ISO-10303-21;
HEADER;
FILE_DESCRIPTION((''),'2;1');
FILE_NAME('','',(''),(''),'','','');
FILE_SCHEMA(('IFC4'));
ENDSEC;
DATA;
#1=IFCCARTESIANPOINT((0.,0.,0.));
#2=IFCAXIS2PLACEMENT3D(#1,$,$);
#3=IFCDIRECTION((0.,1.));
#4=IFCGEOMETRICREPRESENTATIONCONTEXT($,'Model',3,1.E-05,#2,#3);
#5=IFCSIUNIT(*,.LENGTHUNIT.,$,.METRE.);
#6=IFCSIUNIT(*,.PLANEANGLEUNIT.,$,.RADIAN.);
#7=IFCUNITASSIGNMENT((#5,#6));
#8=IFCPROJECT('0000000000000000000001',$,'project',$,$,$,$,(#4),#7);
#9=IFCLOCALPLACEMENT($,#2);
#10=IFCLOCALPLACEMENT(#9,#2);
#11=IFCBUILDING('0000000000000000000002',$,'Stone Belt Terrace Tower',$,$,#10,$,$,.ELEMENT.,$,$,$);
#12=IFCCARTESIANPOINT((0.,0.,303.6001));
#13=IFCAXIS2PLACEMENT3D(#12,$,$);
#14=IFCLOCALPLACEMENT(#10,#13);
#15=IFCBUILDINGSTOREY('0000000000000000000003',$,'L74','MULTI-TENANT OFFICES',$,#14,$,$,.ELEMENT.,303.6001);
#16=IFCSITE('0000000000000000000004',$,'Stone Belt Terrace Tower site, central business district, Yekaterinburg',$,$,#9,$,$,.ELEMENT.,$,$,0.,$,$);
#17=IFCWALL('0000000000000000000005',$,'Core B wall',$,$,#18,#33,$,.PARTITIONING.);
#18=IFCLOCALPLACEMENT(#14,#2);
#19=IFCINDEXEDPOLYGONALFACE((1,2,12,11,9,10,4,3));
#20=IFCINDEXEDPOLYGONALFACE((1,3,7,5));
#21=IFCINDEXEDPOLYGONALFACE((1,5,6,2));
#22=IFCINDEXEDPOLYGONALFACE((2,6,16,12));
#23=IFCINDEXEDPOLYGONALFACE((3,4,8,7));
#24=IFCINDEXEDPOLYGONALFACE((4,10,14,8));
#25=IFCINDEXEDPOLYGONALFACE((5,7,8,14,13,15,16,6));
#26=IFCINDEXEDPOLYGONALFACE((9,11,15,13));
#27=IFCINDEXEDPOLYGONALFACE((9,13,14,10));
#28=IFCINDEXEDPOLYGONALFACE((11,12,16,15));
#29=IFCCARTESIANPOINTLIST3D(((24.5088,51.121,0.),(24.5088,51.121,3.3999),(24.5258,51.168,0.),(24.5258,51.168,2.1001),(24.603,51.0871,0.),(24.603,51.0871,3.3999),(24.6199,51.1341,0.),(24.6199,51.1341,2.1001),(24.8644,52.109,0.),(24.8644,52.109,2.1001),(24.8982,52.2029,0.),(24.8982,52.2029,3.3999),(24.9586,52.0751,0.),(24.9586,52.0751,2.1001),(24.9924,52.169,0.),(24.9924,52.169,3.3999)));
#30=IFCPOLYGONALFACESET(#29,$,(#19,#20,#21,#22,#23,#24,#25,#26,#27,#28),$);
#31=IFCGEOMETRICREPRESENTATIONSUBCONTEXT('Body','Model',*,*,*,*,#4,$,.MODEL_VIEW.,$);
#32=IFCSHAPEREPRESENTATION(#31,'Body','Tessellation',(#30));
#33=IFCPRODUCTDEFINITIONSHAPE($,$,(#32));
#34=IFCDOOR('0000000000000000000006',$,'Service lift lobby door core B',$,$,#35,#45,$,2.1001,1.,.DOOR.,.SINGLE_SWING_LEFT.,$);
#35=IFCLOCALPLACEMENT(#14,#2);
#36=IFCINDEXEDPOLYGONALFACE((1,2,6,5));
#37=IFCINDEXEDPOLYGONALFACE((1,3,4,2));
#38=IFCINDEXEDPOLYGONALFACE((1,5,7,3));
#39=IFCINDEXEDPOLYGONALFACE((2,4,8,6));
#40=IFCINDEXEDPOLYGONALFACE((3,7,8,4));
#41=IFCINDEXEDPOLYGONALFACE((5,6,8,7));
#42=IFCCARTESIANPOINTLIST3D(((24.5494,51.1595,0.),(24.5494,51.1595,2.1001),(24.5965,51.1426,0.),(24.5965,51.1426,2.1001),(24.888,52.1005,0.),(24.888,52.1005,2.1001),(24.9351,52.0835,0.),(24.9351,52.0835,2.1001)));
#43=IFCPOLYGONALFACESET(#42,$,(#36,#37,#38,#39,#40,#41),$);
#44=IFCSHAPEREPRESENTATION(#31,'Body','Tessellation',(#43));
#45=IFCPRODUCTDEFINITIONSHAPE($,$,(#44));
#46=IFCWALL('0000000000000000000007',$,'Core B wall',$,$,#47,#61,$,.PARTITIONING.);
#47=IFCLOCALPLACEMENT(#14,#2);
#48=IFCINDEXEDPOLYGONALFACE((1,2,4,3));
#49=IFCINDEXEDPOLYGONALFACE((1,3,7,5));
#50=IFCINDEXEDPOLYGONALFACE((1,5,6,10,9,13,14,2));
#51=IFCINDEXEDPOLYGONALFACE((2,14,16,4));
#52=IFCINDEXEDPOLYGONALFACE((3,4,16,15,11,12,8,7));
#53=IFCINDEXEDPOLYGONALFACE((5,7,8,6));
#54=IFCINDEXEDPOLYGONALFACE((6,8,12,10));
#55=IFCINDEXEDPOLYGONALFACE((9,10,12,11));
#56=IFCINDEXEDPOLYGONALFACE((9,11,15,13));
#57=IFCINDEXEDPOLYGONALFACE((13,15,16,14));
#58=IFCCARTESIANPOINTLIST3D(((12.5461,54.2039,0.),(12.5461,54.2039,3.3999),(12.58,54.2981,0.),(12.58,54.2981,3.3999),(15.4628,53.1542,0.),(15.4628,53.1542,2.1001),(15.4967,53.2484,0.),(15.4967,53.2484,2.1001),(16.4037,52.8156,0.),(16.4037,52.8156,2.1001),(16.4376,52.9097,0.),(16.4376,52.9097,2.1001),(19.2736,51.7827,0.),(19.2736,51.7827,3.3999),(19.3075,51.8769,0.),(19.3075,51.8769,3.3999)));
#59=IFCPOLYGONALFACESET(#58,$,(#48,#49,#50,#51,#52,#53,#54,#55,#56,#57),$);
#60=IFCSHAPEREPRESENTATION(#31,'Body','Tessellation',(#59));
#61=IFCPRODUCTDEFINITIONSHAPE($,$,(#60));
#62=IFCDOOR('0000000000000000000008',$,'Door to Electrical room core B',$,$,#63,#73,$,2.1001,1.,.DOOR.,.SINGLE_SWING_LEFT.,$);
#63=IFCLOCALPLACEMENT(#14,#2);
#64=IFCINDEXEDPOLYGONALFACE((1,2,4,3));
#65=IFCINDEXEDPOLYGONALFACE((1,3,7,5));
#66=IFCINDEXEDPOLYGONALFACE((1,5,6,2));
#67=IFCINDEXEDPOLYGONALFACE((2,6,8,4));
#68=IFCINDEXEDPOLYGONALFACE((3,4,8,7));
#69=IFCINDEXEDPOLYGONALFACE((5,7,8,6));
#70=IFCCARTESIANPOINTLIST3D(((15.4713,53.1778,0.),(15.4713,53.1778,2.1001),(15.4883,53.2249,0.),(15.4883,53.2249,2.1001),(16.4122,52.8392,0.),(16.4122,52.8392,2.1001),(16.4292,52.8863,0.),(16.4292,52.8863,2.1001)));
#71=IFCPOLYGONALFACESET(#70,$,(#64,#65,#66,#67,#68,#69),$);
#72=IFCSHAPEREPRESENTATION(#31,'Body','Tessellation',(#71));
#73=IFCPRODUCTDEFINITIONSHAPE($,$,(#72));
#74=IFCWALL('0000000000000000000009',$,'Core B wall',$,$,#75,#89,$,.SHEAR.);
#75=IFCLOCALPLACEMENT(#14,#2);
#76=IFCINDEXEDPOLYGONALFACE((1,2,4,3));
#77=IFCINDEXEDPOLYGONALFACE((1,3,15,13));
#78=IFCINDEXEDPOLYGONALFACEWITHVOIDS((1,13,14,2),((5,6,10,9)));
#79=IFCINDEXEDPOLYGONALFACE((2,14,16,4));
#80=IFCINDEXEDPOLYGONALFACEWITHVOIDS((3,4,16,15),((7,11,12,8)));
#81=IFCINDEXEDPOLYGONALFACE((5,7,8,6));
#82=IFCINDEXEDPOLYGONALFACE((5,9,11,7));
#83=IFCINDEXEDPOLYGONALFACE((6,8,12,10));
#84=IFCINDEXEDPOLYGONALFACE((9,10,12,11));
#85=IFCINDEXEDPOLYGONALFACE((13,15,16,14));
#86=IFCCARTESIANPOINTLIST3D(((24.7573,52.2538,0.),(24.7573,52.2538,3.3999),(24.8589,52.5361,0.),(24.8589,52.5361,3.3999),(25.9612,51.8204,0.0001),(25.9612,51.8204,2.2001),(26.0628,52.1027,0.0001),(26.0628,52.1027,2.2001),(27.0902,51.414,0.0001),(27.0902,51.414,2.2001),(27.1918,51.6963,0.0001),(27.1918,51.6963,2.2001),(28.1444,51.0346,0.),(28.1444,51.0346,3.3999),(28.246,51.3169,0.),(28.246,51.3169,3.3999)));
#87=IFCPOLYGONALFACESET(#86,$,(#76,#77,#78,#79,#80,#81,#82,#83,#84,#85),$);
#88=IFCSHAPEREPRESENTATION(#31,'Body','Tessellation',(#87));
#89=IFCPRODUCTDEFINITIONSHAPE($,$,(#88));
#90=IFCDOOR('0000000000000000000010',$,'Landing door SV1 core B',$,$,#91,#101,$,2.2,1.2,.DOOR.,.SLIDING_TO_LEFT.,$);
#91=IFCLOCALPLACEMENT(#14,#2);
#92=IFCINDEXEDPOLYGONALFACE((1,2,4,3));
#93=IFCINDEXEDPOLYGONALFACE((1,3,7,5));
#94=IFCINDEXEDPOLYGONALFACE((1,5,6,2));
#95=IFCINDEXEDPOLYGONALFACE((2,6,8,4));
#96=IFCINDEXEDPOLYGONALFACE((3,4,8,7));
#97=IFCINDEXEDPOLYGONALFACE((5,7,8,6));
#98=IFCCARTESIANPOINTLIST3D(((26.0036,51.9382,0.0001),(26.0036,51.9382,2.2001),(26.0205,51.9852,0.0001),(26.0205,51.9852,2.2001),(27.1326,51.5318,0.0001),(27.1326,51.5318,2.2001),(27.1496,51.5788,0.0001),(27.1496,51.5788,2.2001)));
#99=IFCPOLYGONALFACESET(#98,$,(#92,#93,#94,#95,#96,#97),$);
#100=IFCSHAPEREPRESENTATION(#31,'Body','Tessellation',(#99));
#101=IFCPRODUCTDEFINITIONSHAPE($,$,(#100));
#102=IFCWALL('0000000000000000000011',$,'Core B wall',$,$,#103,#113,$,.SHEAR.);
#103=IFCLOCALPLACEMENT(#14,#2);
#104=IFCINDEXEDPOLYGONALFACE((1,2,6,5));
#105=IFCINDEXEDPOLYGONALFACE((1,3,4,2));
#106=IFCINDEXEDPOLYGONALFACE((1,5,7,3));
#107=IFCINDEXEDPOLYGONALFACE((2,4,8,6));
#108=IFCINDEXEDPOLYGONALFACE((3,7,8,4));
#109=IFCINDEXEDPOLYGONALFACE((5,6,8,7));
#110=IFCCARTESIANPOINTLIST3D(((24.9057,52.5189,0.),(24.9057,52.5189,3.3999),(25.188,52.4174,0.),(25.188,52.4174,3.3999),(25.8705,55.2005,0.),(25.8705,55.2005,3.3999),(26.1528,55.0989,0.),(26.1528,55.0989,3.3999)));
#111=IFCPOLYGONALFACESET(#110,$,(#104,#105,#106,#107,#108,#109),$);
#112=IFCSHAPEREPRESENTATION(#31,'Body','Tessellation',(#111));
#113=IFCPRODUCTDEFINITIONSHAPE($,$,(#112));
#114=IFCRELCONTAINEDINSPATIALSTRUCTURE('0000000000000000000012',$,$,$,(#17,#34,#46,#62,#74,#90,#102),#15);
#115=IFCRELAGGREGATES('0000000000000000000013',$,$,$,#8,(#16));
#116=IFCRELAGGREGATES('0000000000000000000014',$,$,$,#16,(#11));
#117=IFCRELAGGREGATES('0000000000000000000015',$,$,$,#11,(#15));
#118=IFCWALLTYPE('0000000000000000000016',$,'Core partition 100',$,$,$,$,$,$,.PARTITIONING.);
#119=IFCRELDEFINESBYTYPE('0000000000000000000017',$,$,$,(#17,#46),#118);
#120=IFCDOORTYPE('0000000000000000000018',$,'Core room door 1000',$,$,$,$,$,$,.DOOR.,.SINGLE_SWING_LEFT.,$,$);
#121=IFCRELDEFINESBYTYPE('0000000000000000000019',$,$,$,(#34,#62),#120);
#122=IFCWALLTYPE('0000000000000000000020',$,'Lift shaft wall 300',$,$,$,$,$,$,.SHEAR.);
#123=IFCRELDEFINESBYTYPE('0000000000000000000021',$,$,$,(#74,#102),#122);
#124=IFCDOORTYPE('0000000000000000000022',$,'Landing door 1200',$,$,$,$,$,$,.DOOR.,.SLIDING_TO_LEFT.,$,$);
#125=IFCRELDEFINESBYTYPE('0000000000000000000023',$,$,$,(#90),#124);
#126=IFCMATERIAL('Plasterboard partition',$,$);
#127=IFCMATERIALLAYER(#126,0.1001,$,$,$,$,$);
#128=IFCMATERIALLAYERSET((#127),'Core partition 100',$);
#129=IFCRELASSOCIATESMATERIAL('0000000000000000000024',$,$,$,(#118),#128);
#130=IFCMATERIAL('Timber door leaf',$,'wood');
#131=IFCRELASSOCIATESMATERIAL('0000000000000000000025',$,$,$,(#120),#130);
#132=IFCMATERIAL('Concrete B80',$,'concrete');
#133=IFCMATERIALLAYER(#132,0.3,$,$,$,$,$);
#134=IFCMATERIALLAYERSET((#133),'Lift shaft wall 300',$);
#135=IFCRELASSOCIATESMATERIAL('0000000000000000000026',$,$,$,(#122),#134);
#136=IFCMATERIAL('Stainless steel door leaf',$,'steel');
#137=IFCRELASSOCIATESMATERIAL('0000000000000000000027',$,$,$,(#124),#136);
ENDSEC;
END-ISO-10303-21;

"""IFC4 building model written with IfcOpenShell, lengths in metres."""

from ifc_helpers import new_model, si_unit, direction, frame, frame_2d, origin, place, context, subcontext, project, spatial, rectangle, extrude, material, layer, layer_set, type_object, element, fill, save


model = new_model("IFC4")

# Units and contexts
model_context = context("Model", 3, precision=1e-05, world=origin(), true_north=direction((0.0, 1.0)))
body_context = subcontext(model_context, "Body", "Model", "MODEL_VIEW")
ifc_project = project(units=[si_unit("LENGTHUNIT", "METRE"), si_unit("PLANEANGLEUNIT", "RADIAN")], contexts=[model_context])

# Site, building, storey
site_placement = place(None, origin())
site = spatial("IfcSite", under=ifc_project, at=site_placement, Name="Stone Belt Terrace Tower site, central business district, Yekaterinburg", CompositionType="ELEMENT", RefElevation=0.0)
building_placement = place(site_placement, origin())
building = spatial("IfcBuilding", under=site, at=building_placement, Name="Stone Belt Terrace Tower", CompositionType="ELEMENT")
storey_placement = place(building_placement, frame((0.0, 0.0, 303.6001)))
storey = spatial("IfcBuildingStorey", under=building, at=storey_placement, Name="L74", Description="MULTI-TENANT OFFICES", CompositionType="ELEMENT", Elevation=303.6001)

# Walls, openings, doors
ifc_material_1 = material(Name="Plasterboard partition")
ifc_layer_1 = layer(ifc_material_1, 0.1001)
ifc_layer_set_1 = layer_set([ifc_layer_1], Name="Core partition 100")
wall_type_1 = type_object("IfcWallType", Name="Core partition 100", PredefinedType="PARTITIONING", material=ifc_layer_set_1)
wall_1_placement = place(storey_placement, frame((24.5559, 51.104, 0.0), z_axis=(0.0, 0.0, 1.0), x_axis=(0.338622, 0.940923, 0.0)))
wall_1 = element("IfcWall", 1, at=wall_1_placement, inside=storey, type_object=wall_type_1, Name="Core B wall", PredefinedType="PARTITIONING", context=body_context, shape_type="SweptSolid", body=[
    extrude(rectangle(XDim=1.1499, YDim=0.1001, at=frame_2d((0.575, 0.0))), origin(), (0.0, 0.0, 1.0), 3.3999),
])
opening_1_placement = place(wall_1_placement, frame((0.05, 0.0, 0.0)))
opening_1 = element("IfcOpeningElement", 2, at=opening_1_placement, cuts=wall_1, PredefinedType="OPENING", context=body_context, shape_type="SweptSolid", body=[
    extrude(rectangle(XDim=1.0, YDim=2.1001, at=frame_2d((0.5, 1.05))), frame((0.0, 0.0601, 0.0), z_axis=(0.0, -1.0, 0.0), x_axis=(1.0, 0.0, 0.0)), (0.0, 0.0, 1.0), 0.1201),
])
ifc_material_2 = material(Name="Timber door leaf", Category="wood")
door_type_1 = type_object("IfcDoorType", Name="Core room door 1000", OperationType="SINGLE_SWING_LEFT", PredefinedType="DOOR", material=ifc_material_2)
door_1_placement = place(opening_1_placement, origin())
door_1 = element("IfcDoor", 3, at=door_1_placement, inside=storey, type_object=door_type_1, Name="Service lift lobby door core B", OperationType="SINGLE_SWING_LEFT", OverallHeight=2.1001, OverallWidth=1.0, PredefinedType="DOOR", context=body_context, shape_type="SweptSolid", body=[
    extrude(rectangle(XDim=1.0, YDim=2.1001, at=frame_2d((0.5, 1.05))), frame((0.0, 0.0249, 0.0), z_axis=(0.0, -1.0, 0.0), x_axis=(1.0, 0.0, 0.0)), (0.0, 0.0, 1.0), 0.05),
])
fill(opening_1, door_1)
wall_2_placement = place(storey_placement, frame((19.2905, 51.8298, 0.0), z_axis=(0.0, 0.0, 1.0), x_axis=(-0.940922, 0.338624, 0.0)))
wall_2 = element("IfcWall", 4, at=wall_2_placement, inside=storey, type_object=wall_type_1, Name="Core B wall", PredefinedType="PARTITIONING", context=body_context, shape_type="SweptSolid", body=[
    extrude(rectangle(XDim=7.1499, YDim=0.1001, at=frame_2d((3.575, 0.0))), origin(), (0.0, 0.0, 1.0), 3.3999),
])
opening_2_placement = place(wall_2_placement, frame((3.05, 0.0, 0.0)))
opening_2 = element("IfcOpeningElement", 5, at=opening_2_placement, cuts=wall_2, PredefinedType="OPENING", context=body_context, shape_type="SweptSolid", body=[
    extrude(rectangle(XDim=1.0, YDim=2.1001, at=frame_2d((0.5, 1.05))), frame((0.0, 0.0601, 0.0), z_axis=(0.0, -1.0, 0.0), x_axis=(1.0, 0.0, 0.0)), (0.0, 0.0, 1.0), 0.1201),
])
door_2_placement = place(opening_2_placement, origin())
door_2 = element("IfcDoor", 6, at=door_2_placement, inside=storey, type_object=door_type_1, Name="Door to Electrical room core B", OperationType="SINGLE_SWING_LEFT", OverallHeight=2.1001, OverallWidth=1.0, PredefinedType="DOOR", context=body_context, shape_type="SweptSolid", body=[
    extrude(rectangle(XDim=1.0, YDim=2.1001, at=frame_2d((0.5, 1.05))), frame((0.0, 0.0249, 0.0), z_axis=(0.0, -1.0, 0.0), x_axis=(1.0, 0.0, 0.0)), (0.0, 0.0, 1.0), 0.05),
])
fill(opening_2, door_2)
ifc_material_3 = material(Name="Concrete B80", Category="concrete")
ifc_layer_2 = layer(ifc_material_3, 0.3)
ifc_layer_set_2 = layer_set([ifc_layer_2], Name="Lift shaft wall 300")
wall_type_2 = type_object("IfcWallType", Name="Lift shaft wall 300", PredefinedType="SHEAR", material=ifc_layer_set_2)
wall_3_placement = place(storey_placement, frame((28.1951, 51.1758, 0.0), z_axis=(0.0, 0.0, 1.0), x_axis=(-0.940901, 0.338681, 0.0)))
wall_3 = element("IfcWall", 7, at=wall_3_placement, inside=storey, type_object=wall_type_2, Name="Core B wall", PredefinedType="SHEAR", context=body_context, shape_type="SweptSolid", body=[
    extrude(rectangle(XDim=3.5999, YDim=0.3, at=frame_2d((1.7998, 0.0))), origin(), (0.0, 0.0, 1.0), 3.3999),
])
opening_3_placement = place(wall_3_placement, frame((1.1201, 0.0, 0.0)))
opening_3 = element("IfcOpeningElement", 8, at=opening_3_placement, cuts=wall_3, PredefinedType="OPENING", context=body_context, shape_type="SweptSolid", body=[
    extrude(rectangle(XDim=1.2, YDim=2.2, at=frame_2d((0.6001, 1.1001))), frame((0.0, 0.1599, 0.0), z_axis=(0.0, -1.0, 0.0), x_axis=(1.0, 0.0, 0.0)), (0.0, 0.0, 1.0), 0.3201),
])
ifc_material_4 = material(Name="Stainless steel door leaf", Category="steel")
door_type_2 = type_object("IfcDoorType", Name="Landing door 1200", OperationType="SLIDING_TO_LEFT", PredefinedType="DOOR", material=ifc_material_4)
door_3_placement = place(opening_3_placement, origin())
door_3 = element("IfcDoor", 9, at=door_3_placement, inside=storey, type_object=door_type_2, Name="Landing door SV1 core B", OperationType="SLIDING_TO_LEFT", OverallHeight=2.2, OverallWidth=1.2, PredefinedType="DOOR", context=body_context, shape_type="SweptSolid", body=[
    extrude(rectangle(XDim=1.2, YDim=2.2, at=frame_2d((0.6001, 1.1001))), frame((0.0, 0.0249, 0.0), z_axis=(0.0, -1.0, 0.0), x_axis=(1.0, 0.0, 0.0)), (0.0, 0.0, 1.0), 0.05),
])
fill(opening_3, door_3)

# Wall
wall_4_placement = place(storey_placement, frame((25.0469, 52.4683, 0.0), z_axis=(0.0, 0.0, 1.0), x_axis=(0.33855, 0.940949, 0.0)))
element("IfcWall", 10, at=wall_4_placement, inside=storey, type_object=wall_type_2, Name="Core B wall", PredefinedType="SHEAR", context=body_context, shape_type="SweptSolid", body=[
    extrude(rectangle(XDim=2.8499, YDim=0.3, at=frame_2d((1.4248, 0.0))), origin(), (0.0, 0.0, 1.0), 3.3999),
])

save(model, "model.ifc")
